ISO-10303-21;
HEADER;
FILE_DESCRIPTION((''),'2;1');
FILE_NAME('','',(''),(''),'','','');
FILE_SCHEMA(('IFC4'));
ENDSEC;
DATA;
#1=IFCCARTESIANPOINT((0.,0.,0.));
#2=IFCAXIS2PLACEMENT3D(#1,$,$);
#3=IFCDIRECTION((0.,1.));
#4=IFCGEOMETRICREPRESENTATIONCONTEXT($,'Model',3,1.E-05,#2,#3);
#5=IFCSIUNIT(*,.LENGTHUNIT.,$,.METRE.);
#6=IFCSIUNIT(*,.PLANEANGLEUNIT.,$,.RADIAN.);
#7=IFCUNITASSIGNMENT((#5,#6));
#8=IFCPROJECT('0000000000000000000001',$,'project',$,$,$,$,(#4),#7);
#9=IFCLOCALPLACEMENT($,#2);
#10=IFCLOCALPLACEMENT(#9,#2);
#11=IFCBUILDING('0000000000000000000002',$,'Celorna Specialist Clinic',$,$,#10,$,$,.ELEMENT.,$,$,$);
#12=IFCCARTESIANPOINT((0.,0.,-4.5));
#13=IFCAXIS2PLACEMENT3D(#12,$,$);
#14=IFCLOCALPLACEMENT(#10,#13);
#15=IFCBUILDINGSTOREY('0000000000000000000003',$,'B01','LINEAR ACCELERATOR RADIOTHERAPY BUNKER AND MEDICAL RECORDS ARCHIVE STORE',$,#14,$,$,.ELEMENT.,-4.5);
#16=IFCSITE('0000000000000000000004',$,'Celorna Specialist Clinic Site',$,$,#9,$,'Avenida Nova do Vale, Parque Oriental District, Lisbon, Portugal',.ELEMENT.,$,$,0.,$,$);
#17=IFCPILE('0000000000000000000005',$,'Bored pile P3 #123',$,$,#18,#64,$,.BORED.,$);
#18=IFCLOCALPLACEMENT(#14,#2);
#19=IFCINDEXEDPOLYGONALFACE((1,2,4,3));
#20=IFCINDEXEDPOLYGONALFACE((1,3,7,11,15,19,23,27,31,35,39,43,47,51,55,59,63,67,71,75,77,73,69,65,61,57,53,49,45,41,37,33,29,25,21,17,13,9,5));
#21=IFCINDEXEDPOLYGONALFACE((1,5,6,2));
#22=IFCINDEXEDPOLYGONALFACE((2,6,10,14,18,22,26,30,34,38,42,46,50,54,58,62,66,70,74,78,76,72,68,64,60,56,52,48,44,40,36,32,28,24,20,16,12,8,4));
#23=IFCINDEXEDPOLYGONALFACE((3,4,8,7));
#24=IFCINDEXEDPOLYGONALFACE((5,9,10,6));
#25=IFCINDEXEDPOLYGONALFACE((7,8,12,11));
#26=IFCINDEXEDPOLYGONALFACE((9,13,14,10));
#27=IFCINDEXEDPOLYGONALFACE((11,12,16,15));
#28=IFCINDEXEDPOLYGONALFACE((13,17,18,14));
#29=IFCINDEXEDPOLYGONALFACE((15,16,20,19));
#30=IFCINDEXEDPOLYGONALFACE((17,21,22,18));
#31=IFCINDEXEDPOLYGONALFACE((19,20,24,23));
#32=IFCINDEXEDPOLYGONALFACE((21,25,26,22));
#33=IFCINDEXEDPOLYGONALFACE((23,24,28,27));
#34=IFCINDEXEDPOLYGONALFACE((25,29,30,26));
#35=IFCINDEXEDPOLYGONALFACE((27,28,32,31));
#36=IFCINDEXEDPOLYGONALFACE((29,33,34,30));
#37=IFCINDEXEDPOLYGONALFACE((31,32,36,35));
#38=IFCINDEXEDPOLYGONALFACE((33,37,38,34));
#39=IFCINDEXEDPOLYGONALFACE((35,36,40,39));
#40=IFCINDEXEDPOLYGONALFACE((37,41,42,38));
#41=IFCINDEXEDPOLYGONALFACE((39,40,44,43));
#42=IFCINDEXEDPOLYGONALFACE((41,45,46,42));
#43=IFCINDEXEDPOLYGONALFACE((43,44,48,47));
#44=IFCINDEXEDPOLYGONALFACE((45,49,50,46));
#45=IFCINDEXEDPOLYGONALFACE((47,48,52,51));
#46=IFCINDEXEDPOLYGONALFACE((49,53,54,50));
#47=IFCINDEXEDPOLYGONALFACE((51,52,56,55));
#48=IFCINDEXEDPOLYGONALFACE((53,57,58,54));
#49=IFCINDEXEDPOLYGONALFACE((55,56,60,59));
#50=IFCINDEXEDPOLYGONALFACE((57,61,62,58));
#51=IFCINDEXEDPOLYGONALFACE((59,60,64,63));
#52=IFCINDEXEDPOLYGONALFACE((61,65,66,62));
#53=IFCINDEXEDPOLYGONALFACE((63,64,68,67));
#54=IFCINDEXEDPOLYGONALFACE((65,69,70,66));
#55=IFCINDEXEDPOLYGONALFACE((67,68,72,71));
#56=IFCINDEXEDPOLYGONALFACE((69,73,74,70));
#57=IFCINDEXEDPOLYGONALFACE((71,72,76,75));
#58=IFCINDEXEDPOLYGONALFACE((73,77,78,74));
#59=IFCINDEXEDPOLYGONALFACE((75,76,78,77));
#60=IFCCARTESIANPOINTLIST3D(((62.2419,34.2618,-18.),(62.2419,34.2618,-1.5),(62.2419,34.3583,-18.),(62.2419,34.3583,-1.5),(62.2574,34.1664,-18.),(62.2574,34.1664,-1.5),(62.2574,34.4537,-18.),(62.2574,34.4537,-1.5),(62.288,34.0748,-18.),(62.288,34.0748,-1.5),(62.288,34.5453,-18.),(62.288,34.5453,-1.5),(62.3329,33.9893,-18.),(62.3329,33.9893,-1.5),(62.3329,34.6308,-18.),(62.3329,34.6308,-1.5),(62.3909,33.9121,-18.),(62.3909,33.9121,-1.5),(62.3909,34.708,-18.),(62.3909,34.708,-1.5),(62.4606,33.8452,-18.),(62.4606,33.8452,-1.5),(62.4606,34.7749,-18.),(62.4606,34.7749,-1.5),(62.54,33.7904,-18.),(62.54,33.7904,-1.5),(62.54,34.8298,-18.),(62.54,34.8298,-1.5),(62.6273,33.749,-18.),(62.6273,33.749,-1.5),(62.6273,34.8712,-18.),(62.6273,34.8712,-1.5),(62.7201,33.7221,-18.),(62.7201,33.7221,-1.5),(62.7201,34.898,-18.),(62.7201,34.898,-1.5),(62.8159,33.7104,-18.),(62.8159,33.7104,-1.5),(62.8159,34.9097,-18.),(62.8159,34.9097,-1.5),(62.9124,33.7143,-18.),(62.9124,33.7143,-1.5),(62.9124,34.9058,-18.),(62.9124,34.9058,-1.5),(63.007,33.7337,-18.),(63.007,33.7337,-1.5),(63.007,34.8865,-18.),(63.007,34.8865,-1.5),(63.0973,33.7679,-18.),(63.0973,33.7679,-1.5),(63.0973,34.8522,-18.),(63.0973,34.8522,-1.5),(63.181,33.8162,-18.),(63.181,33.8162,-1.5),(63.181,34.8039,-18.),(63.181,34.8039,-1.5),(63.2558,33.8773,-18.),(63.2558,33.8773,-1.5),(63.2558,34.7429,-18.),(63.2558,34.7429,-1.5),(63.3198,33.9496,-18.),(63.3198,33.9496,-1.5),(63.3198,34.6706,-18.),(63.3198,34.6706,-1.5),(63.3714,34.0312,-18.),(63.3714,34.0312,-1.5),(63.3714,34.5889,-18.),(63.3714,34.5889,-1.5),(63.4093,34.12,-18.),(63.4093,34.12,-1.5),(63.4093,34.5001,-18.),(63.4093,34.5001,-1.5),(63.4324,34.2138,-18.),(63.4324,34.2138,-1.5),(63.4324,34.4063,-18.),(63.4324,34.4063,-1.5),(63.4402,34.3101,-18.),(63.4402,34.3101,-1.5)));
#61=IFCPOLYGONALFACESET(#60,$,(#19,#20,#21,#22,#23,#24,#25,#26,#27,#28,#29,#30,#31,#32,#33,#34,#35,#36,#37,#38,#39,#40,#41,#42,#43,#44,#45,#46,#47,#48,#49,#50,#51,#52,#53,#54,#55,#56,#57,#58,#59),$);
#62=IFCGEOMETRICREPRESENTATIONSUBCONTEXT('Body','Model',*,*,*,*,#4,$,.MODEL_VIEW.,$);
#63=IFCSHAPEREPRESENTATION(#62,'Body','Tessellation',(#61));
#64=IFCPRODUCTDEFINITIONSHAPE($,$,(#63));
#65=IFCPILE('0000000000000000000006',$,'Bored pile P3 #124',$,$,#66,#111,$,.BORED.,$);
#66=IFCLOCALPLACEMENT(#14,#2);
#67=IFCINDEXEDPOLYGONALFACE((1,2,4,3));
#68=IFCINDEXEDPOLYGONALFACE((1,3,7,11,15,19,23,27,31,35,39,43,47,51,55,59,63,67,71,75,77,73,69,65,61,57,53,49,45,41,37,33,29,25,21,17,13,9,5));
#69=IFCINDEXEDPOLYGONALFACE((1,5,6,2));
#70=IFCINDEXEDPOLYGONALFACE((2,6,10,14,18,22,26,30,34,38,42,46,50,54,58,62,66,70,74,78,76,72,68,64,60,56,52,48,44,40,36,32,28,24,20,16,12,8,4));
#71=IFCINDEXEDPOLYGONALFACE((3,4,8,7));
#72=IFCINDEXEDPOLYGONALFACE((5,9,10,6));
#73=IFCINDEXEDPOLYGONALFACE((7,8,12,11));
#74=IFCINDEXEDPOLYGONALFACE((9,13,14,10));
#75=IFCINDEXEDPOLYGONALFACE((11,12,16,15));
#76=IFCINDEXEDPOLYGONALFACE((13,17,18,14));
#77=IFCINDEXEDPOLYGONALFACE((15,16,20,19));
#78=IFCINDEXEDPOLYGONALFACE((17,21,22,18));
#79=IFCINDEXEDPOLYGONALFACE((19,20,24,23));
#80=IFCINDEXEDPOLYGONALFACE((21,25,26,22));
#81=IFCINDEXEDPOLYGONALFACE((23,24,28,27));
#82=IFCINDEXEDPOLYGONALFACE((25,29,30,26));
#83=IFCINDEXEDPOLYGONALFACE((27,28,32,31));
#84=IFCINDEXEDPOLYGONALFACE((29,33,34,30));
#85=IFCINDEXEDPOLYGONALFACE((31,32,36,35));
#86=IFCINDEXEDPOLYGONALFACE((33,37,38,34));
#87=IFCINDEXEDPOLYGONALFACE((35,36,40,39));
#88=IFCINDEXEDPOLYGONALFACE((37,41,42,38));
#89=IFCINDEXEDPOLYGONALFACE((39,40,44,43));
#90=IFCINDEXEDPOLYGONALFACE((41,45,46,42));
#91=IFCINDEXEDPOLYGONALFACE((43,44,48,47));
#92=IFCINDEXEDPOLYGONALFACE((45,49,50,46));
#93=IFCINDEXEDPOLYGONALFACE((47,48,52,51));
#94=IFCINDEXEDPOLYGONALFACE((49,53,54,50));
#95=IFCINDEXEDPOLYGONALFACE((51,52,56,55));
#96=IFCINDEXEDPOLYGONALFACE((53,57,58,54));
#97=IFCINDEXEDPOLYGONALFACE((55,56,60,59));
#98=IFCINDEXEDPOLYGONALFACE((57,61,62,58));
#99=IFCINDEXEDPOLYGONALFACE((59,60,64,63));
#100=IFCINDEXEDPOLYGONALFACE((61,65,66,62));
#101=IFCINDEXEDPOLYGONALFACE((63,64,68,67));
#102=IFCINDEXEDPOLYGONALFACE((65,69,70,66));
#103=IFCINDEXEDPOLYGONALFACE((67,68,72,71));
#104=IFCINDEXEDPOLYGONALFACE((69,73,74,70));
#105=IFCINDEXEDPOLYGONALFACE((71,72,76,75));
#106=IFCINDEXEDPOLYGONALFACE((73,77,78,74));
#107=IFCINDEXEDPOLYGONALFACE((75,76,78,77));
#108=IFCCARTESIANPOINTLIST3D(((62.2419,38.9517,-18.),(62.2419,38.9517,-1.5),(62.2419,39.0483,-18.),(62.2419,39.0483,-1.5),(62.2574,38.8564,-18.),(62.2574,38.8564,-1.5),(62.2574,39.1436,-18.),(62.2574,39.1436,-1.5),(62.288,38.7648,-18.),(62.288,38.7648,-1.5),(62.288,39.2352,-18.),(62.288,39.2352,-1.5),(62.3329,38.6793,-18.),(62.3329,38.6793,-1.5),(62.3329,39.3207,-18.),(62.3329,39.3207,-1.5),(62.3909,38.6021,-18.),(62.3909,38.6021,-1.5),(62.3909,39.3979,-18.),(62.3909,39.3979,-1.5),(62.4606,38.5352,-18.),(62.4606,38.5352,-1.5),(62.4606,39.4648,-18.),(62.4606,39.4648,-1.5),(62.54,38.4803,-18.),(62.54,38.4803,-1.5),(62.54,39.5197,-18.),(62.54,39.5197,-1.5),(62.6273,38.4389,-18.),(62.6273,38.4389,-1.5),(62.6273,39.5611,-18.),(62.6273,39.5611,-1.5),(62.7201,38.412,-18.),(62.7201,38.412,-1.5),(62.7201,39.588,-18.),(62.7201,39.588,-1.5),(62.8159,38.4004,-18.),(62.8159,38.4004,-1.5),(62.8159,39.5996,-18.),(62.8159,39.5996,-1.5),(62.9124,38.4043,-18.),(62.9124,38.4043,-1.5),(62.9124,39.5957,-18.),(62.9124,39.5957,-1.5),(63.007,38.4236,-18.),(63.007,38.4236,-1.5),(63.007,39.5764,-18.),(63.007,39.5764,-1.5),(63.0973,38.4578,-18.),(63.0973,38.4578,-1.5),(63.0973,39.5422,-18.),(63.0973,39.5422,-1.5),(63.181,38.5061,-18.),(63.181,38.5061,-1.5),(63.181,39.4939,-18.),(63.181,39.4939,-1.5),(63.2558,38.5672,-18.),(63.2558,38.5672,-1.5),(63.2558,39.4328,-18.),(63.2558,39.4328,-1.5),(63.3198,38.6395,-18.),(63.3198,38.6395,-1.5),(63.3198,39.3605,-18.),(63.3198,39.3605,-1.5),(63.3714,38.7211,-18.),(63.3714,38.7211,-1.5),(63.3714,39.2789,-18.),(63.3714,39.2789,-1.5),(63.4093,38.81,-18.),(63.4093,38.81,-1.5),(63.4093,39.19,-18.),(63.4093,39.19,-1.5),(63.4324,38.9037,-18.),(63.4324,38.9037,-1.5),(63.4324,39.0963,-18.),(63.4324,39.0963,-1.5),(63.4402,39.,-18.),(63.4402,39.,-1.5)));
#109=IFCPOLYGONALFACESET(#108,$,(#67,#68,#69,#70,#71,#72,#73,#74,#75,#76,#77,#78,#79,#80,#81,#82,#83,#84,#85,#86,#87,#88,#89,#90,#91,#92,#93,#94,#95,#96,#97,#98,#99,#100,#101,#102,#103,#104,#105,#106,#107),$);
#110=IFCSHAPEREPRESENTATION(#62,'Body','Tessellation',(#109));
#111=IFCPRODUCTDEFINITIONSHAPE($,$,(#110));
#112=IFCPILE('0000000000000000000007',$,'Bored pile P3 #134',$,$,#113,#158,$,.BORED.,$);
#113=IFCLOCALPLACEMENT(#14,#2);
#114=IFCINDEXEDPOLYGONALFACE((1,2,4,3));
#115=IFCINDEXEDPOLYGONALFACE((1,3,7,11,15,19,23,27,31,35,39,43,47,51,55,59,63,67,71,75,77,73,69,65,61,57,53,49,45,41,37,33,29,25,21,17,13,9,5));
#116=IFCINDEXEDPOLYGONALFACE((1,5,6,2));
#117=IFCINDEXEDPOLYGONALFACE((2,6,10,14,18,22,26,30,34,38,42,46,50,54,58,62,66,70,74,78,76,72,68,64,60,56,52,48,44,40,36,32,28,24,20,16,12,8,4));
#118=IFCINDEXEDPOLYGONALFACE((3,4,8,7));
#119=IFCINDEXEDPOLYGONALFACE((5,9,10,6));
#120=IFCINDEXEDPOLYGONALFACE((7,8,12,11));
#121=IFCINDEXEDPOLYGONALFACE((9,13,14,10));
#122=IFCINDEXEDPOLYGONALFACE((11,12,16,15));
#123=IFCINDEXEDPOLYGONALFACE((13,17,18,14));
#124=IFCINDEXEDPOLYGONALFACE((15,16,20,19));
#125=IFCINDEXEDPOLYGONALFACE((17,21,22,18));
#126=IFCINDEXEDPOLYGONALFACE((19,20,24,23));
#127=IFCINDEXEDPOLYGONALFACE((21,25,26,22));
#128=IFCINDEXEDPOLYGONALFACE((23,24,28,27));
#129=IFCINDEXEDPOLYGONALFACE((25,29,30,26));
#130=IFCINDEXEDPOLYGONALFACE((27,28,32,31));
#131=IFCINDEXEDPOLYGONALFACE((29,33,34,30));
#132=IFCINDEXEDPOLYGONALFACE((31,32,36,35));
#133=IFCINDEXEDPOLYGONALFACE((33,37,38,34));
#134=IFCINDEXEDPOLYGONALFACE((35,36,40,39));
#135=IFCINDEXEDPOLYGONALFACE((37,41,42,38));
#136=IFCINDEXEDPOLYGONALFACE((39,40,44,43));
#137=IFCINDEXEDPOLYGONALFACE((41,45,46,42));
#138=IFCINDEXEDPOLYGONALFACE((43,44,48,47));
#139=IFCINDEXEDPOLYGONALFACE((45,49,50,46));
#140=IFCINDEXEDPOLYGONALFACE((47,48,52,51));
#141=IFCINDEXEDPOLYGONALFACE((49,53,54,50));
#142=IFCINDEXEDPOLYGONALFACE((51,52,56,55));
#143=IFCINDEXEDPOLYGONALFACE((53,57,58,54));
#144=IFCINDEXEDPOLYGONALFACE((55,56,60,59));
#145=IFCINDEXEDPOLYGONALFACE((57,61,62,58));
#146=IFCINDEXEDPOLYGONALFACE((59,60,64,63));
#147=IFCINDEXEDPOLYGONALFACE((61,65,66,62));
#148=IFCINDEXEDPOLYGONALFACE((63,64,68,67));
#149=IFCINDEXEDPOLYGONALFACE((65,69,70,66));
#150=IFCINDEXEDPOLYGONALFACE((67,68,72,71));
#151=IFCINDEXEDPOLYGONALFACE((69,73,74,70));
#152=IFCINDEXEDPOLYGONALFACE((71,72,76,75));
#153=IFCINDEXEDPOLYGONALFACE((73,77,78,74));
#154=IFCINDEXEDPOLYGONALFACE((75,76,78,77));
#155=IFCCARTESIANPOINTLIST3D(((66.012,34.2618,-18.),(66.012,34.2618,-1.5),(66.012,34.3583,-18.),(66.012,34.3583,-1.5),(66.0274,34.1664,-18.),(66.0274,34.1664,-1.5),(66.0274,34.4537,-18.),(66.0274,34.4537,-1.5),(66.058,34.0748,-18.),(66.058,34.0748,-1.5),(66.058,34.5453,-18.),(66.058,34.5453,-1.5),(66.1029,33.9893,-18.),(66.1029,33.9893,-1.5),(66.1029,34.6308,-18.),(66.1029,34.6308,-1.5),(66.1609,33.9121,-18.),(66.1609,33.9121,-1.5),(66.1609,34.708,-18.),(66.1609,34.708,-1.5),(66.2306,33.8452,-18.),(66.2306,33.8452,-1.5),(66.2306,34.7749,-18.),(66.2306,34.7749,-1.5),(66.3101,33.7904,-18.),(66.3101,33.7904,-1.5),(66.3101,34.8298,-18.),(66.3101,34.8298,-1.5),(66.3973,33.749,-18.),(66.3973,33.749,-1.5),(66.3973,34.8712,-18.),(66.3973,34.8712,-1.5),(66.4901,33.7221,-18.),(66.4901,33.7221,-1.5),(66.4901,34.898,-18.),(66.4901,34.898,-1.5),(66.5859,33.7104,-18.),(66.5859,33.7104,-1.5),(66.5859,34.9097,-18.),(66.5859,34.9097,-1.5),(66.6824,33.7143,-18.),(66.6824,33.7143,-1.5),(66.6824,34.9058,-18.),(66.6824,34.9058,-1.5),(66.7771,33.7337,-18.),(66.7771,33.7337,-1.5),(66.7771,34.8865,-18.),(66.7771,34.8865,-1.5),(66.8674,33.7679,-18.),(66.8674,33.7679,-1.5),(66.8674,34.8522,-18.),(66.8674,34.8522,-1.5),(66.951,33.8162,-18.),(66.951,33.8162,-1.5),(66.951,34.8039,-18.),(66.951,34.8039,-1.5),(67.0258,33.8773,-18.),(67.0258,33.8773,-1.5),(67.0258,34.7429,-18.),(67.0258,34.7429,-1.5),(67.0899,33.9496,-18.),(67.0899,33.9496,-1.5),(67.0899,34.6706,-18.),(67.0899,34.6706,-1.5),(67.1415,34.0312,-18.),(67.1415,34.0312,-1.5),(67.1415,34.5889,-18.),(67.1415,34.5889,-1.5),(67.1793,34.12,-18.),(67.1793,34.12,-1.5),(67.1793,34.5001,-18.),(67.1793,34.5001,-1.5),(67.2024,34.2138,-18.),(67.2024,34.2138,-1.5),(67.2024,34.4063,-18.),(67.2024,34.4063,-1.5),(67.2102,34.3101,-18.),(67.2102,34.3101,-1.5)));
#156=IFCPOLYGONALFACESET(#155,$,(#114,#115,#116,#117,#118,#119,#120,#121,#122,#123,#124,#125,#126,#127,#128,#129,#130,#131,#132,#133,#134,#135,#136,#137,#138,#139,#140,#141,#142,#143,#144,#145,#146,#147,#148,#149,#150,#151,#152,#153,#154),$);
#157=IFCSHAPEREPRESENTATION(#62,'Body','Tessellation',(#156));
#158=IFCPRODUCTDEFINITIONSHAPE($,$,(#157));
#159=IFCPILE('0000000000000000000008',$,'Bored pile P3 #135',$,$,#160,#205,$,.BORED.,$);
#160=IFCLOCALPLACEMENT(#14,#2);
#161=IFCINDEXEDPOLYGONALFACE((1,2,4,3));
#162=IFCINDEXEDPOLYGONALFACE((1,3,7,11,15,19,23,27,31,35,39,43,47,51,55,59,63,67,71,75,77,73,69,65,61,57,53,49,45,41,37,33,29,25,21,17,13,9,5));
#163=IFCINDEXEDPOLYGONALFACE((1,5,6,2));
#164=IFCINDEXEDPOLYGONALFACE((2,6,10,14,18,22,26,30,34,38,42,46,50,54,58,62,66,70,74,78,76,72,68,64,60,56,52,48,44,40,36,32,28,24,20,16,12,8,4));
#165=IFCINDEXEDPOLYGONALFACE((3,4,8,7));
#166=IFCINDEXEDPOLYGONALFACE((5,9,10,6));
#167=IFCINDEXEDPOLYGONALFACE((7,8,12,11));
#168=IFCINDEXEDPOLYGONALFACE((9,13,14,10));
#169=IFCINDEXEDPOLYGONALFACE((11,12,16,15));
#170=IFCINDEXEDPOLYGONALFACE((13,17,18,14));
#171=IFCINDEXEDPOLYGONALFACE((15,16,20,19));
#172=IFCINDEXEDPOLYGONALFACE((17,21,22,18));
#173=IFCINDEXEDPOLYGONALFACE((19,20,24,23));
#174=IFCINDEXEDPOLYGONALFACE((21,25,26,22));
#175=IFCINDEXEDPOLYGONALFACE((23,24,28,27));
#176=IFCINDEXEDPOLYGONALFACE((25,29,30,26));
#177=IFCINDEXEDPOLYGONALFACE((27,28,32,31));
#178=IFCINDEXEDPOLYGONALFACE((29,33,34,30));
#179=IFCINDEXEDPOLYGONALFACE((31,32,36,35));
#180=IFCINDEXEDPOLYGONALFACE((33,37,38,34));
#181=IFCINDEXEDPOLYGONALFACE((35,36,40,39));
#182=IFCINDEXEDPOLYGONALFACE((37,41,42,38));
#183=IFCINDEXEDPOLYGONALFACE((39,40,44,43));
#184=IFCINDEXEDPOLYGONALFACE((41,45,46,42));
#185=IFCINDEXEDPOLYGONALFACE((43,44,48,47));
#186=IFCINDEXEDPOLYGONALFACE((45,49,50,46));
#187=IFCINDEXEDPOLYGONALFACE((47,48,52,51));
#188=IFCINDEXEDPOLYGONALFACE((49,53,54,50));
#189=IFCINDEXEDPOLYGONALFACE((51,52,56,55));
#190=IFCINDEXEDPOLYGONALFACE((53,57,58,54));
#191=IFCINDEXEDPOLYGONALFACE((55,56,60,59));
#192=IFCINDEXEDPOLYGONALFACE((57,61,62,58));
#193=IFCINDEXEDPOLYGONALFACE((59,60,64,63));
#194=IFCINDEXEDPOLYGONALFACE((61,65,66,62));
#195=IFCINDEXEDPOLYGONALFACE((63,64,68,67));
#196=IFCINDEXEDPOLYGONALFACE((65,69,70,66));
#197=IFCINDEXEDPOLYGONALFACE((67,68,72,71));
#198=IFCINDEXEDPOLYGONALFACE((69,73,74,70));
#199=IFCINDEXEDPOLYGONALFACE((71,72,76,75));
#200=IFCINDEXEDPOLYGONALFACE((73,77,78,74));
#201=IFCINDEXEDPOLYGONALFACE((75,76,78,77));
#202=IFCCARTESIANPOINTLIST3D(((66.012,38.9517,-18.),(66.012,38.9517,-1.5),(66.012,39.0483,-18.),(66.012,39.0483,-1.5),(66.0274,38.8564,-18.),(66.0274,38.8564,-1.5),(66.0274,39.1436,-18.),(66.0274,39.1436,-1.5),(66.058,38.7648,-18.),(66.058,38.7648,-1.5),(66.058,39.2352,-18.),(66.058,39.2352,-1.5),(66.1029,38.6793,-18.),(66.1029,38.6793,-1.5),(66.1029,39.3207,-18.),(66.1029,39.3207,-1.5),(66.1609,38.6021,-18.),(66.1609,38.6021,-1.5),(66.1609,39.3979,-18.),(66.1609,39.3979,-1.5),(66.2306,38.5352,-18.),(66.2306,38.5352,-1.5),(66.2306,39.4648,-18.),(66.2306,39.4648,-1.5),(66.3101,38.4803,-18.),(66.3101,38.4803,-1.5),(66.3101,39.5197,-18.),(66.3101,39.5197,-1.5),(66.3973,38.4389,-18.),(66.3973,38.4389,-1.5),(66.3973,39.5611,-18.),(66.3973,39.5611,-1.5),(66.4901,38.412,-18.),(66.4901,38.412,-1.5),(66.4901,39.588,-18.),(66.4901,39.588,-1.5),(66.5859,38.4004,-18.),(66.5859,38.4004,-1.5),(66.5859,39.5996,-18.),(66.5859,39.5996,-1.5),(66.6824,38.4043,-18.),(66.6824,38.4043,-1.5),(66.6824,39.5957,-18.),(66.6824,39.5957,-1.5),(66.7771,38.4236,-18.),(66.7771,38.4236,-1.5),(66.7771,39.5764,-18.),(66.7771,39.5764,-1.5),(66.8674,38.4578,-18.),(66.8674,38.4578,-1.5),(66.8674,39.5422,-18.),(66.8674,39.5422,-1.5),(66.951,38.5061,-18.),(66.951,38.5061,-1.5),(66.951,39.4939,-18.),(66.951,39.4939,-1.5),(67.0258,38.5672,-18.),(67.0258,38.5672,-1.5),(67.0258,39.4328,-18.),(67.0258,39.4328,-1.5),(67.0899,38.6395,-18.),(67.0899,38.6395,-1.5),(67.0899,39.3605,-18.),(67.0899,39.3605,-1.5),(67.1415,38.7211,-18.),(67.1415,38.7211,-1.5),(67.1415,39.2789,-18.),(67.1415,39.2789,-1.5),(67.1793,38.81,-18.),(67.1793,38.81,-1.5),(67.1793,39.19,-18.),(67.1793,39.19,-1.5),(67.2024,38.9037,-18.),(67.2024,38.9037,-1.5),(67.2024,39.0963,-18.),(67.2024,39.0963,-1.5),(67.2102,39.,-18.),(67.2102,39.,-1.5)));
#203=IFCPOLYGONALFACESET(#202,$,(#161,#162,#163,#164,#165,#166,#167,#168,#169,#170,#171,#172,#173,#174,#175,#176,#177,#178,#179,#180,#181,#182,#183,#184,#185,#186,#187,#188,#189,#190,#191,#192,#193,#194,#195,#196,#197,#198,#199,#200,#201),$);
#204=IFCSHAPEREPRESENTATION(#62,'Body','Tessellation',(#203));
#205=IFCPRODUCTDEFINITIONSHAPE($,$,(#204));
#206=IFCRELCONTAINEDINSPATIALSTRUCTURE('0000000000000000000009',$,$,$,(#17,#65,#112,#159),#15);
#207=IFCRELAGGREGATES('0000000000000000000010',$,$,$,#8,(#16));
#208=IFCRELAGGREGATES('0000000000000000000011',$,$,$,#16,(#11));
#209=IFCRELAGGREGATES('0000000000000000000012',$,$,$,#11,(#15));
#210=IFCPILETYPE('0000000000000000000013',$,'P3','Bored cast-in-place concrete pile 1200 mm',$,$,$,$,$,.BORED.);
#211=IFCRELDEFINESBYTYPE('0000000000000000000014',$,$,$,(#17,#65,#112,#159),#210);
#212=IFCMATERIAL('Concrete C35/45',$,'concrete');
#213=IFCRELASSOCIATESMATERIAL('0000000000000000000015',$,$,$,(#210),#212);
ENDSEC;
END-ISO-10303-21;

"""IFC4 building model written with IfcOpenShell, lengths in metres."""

from ifc_helpers import new_model, si_unit, direction, frame, origin, origin_2d, place, context, subcontext, project, spatial, circle, extrude, material, material_profile, profile_set, type_object, element, save


model = new_model("IFC4")

# Units and contexts
model_context = context("Model", 3, precision=1e-05, world=origin(), true_north=direction((0.0, 1.0)))
body_context = subcontext(model_context, "Body", "Model", "MODEL_VIEW")
ifc_project = project(units=[si_unit("LENGTHUNIT", "METRE"), si_unit("PLANEANGLEUNIT", "RADIAN")], contexts=[model_context])

# Site, building, storey
site_placement = place(None, origin())
site = spatial("IfcSite", under=ifc_project, at=site_placement, Name="Celorna Specialist Clinic Site", LongName="Avenida Nova do Vale, Parque Oriental District, Lisbon, Portugal", CompositionType="ELEMENT", RefElevation=0.0)
building_placement = place(site_placement, origin())
building = spatial("IfcBuilding", under=site, at=building_placement, Name="Celorna Specialist Clinic", CompositionType="ELEMENT")
storey_placement = place(building_placement, frame((0.0, 0.0, -4.5)))
storey = spatial("IfcBuildingStorey", under=building, at=storey_placement, Name="B01", Description="LINEAR ACCELERATOR RADIOTHERAPY BUNKER AND MEDICAL RECORDS ARCHIVE STORE", CompositionType="ELEMENT", Elevation=-4.5)

# Piles
ifc_material_1 = material(Name="Concrete C35/45", Category="concrete")
ifc_material_profile_1 = material_profile(ifc_material_1, circle(Radius=0.6001, at=origin_2d()), Name="BORED PILE 1200")
ifc_profile_set_1 = profile_set([ifc_material_profile_1], Name="Concrete C35/45")
pile_type = type_object("IfcPileType", Name="P3", Description="Bored cast-in-place concrete pile 1200 mm", PredefinedType="BORED", material=ifc_profile_set_1)
for number, where, z_axis, x_axis, name in (
    (1, (62.8401, 34.3101, -1.5), (0.0, 0.0, -1.0), (1.0, 0.0, 0.0), "Bored pile P3 #123"),
    (2, (62.8401, 39.0, -1.5), (0.0, 0.0, -1.0), (1.0, 0.0, 0.0), "Bored pile P3 #124"),
    (3, (66.6101, 34.3101, -1.5), (0.0, 0.0, -1.0), (1.0, 0.0, 0.0), "Bored pile P3 #134"),
    (4, (66.6101, 39.0, -1.5), (0.0, 0.0, -1.0), (1.0, 0.0, 0.0), "Bored pile P3 #135"),
):
    element("IfcPile", number, at=place(storey_placement, frame(where, z_axis=z_axis, x_axis=x_axis)), inside=storey, type_object=pile_type, Name=name, PredefinedType="BORED", context=body_context, shape_type="SweptSolid", body=[
        extrude(circle(Radius=0.6001, at=origin_2d()), origin(), (0.0, 0.0, 1.0), 16.5),
    ])

save(model, "model.ifc")
